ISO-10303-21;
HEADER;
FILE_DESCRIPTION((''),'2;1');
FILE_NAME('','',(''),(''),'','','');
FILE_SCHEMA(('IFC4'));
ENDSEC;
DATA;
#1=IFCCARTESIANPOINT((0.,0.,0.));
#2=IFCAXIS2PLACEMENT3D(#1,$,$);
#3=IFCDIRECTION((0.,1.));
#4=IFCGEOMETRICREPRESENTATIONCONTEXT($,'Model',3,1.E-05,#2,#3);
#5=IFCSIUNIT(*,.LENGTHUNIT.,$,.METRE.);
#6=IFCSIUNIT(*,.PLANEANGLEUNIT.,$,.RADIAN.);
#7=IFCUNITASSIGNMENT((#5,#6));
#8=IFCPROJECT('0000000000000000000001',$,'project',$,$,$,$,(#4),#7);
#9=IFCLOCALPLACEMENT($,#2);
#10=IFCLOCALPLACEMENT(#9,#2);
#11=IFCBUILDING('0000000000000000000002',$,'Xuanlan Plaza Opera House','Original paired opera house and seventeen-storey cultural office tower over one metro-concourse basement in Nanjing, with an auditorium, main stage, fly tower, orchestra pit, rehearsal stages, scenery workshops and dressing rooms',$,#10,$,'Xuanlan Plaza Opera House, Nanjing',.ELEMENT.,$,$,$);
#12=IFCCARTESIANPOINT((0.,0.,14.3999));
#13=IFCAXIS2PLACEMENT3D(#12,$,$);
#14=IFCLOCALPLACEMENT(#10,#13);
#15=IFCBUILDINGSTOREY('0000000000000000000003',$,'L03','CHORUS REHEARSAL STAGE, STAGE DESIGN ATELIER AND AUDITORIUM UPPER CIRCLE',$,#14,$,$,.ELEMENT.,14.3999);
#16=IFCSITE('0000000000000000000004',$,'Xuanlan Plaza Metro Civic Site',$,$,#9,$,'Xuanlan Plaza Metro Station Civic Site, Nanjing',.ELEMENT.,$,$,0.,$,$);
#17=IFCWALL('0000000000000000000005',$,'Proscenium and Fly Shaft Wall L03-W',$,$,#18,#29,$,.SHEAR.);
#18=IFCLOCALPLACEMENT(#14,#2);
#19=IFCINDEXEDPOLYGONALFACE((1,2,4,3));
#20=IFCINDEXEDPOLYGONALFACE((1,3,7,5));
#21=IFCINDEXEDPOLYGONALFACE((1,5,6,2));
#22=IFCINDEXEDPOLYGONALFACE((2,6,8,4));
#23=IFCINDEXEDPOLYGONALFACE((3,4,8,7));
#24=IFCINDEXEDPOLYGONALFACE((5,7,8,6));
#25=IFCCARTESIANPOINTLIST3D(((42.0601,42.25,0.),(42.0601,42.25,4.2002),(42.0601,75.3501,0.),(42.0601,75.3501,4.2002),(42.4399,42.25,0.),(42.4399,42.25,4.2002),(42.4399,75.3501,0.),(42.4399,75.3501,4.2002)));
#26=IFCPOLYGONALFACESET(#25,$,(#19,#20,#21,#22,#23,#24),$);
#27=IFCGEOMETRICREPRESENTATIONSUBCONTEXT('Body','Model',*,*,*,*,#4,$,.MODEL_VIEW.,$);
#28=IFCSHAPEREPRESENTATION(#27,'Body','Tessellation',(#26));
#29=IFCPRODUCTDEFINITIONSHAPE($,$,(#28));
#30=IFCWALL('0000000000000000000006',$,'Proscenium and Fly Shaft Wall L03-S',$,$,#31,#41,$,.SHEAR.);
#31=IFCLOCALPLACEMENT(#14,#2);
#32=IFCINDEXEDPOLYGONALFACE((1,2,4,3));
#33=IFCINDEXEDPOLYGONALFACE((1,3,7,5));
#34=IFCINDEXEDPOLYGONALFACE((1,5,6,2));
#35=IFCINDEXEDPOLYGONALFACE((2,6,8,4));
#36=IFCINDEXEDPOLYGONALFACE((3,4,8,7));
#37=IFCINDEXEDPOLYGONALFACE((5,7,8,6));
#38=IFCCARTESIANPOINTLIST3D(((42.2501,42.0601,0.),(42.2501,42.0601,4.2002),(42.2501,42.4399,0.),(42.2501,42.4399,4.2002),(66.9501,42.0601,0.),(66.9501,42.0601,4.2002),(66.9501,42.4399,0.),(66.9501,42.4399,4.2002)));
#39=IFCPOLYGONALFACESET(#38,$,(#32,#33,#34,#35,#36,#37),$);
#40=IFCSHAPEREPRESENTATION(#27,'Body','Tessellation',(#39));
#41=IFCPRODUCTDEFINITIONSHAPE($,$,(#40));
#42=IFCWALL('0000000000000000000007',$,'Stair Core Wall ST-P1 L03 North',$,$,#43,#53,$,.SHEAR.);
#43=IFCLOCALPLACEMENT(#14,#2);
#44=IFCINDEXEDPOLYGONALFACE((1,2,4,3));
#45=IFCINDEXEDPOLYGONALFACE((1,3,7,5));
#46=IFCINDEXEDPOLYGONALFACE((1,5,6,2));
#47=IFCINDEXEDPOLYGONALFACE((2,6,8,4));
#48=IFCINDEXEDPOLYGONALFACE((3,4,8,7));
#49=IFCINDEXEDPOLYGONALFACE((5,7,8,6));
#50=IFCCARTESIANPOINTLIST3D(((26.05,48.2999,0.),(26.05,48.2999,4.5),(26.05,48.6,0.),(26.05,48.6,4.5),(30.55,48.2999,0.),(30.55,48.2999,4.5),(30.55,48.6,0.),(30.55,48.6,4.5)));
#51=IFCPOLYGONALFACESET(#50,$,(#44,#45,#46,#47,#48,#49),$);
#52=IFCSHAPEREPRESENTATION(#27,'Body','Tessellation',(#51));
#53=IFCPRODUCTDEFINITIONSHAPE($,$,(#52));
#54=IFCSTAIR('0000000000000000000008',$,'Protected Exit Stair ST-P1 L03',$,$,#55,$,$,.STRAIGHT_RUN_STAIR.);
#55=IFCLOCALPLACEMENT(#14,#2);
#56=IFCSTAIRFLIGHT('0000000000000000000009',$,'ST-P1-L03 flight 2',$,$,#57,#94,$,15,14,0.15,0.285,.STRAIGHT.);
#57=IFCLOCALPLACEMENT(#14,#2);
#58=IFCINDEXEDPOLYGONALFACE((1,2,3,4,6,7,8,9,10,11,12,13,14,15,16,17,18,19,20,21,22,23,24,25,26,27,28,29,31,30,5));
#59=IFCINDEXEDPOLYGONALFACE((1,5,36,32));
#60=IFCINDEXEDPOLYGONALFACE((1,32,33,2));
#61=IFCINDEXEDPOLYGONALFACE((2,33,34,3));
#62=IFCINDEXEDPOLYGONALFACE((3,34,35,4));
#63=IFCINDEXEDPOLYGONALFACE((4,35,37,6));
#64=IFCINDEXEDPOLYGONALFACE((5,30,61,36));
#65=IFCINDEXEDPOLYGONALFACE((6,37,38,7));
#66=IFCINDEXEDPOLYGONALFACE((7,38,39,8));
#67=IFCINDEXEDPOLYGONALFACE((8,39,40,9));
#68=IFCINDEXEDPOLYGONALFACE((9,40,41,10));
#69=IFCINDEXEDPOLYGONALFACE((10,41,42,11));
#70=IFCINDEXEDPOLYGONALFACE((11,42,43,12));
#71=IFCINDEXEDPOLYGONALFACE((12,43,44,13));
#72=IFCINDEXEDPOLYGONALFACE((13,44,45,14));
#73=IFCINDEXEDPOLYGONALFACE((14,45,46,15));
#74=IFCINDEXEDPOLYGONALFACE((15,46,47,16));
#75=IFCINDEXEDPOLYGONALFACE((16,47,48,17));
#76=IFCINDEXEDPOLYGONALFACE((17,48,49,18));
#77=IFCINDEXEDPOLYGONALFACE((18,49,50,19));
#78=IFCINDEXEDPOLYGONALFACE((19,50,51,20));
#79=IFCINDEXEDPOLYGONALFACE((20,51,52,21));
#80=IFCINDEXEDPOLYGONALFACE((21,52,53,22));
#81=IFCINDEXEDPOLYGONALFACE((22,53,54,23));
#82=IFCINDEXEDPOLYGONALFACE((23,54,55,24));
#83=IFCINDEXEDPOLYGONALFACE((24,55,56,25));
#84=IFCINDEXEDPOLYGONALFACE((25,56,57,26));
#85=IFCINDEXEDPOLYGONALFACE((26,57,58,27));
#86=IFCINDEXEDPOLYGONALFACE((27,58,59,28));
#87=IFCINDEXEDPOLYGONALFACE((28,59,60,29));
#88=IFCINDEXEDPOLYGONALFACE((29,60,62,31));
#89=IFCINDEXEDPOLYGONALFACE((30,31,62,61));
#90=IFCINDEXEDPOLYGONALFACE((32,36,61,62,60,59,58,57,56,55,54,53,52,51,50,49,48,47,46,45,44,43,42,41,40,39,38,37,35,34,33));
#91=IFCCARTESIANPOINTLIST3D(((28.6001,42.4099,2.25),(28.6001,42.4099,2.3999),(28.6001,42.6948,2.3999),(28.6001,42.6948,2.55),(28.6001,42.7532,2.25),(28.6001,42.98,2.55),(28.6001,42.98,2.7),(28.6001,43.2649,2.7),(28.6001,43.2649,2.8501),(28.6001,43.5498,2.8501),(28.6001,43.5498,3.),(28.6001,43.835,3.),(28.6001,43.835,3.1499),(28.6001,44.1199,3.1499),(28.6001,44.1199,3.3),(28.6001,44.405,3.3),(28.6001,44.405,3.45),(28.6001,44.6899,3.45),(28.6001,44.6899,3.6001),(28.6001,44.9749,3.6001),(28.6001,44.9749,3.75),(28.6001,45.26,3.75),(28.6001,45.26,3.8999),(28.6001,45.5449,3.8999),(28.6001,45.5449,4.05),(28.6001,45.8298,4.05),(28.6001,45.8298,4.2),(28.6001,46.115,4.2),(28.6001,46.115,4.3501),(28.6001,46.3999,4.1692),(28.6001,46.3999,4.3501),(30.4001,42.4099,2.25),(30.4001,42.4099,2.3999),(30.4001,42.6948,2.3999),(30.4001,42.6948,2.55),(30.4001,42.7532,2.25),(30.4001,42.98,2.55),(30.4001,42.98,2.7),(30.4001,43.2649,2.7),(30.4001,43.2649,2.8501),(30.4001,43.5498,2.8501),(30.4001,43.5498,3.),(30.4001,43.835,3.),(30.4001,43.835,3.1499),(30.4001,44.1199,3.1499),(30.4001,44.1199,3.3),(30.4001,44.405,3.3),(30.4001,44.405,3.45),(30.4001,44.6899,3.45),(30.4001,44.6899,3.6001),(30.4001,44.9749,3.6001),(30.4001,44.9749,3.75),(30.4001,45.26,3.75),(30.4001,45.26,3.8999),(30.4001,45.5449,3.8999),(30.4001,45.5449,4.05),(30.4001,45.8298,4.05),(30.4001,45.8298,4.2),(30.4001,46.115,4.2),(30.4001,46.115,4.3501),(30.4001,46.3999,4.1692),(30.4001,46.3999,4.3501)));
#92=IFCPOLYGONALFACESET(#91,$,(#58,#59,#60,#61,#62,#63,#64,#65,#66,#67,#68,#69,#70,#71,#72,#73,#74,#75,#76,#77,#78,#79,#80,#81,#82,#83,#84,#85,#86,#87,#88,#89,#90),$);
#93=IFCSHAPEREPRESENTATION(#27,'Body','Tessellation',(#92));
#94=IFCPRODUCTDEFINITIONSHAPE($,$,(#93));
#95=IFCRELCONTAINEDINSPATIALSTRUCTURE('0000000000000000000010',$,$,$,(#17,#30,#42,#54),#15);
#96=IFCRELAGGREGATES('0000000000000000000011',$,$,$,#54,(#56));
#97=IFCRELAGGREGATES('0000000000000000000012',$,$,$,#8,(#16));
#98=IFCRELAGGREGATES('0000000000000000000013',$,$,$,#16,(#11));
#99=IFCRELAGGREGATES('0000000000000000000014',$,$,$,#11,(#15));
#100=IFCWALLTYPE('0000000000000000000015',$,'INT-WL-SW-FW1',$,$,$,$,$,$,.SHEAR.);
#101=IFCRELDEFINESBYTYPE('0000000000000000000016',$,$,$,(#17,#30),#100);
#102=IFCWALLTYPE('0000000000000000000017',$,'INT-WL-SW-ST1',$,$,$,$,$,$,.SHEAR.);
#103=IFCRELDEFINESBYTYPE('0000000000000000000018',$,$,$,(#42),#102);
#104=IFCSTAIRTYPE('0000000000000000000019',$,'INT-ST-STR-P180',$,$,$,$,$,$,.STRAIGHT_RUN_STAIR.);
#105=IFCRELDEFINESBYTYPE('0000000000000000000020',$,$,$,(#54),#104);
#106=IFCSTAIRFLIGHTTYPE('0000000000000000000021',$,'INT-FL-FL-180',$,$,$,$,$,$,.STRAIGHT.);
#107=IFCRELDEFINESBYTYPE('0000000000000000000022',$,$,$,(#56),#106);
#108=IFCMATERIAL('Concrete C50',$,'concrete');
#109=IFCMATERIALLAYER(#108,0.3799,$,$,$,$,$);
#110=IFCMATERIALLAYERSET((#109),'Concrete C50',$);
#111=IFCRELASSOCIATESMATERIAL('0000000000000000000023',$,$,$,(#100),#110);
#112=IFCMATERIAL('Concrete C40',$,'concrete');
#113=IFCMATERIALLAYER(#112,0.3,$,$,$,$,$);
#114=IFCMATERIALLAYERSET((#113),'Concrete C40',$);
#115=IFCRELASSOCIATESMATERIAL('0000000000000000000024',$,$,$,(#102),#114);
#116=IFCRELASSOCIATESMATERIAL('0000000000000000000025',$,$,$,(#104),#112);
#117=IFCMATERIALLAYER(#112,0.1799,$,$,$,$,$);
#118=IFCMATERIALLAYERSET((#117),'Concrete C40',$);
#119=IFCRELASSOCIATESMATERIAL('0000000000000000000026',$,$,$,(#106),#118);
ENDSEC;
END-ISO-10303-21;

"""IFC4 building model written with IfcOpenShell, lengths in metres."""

from ifc_helpers import new_model, si_unit, direction, frame, frame_2d, origin, place, context, subcontext, project, spatial, polyline, rectangle, outline, extrude, material, layer, layer_set, type_object, element, aggregate, save


model = new_model("IFC4")

# Units and contexts
model_context = context("Model", 3, precision=1e-05, world=origin(), true_north=direction((0.0, 1.0)))
body_context = subcontext(model_context, "Body", "Model", "MODEL_VIEW")
ifc_project = project(units=[si_unit("LENGTHUNIT", "METRE"), si_unit("PLANEANGLEUNIT", "RADIAN")], contexts=[model_context])

# Site, building, storey
site_placement = place(None, origin())
site = spatial("IfcSite", under=ifc_project, at=site_placement, Name="Xuanlan Plaza Metro Civic Site", LongName="Xuanlan Plaza Metro Station Civic Site, Nanjing", CompositionType="ELEMENT", RefElevation=0.0)
building_placement = place(site_placement, origin())
building = spatial("IfcBuilding", under=site, at=building_placement, Name="Xuanlan Plaza Opera House", Description="Original paired opera house and seventeen-storey cultural office tower over one metro-concourse basement in Nanjing, with an auditorium, main stage, fly tower, orchestra pit, rehearsal stages, scenery workshops and dressing rooms", LongName="Xuanlan Plaza Opera House, Nanjing", CompositionType="ELEMENT")
storey_placement = place(building_placement, frame((0.0, 0.0, 14.3999)))
storey = spatial("IfcBuildingStorey", under=building, at=storey_placement, Name="L03", Description="CHORUS REHEARSAL STAGE, STAGE DESIGN ATELIER AND AUDITORIUM UPPER CIRCLE", CompositionType="ELEMENT", Elevation=14.3999)

# Shared definitions
ifc_material_1 = material(Name="Concrete C40", Category="concrete")

# Shared definitions
ifc_material_2 = material(Name="Concrete C50", Category="concrete")

# Walls
ifc_layer_1 = layer(ifc_material_2, 0.3799)
ifc_layer_set_1 = layer_set([ifc_layer_1], Name="Concrete C50")
wall_type_1 = type_object("IfcWallType", Name="INT-WL-SW-FW1", PredefinedType="SHEAR", material=ifc_layer_set_1)
wall_1_placement = place(storey_placement, frame((42.25, 42.25, 0.0), z_axis=(0.0, 0.0, 1.0), x_axis=(0.0, 1.0, 0.0)))
element("IfcWall", 1, at=wall_1_placement, inside=storey, type_object=wall_type_1, Name="Proscenium and Fly Shaft Wall L03-W", PredefinedType="SHEAR", context=body_context, shape_type="SweptSolid", body=[
    extrude(rectangle(XDim=33.1001, YDim=0.3799, at=frame_2d((16.55, 0.0))), origin(), (0.0, 0.0, 1.0), 4.2002),
])
wall_2_placement = place(storey_placement, frame((42.25, 42.25, 0.0), z_axis=(0.0, 0.0, 1.0), x_axis=(1.0, 0.0, 0.0)))
element("IfcWall", 2, at=wall_2_placement, inside=storey, type_object=wall_type_1, Name="Proscenium and Fly Shaft Wall L03-S", PredefinedType="SHEAR", context=body_context, shape_type="SweptSolid", body=[
    extrude(rectangle(XDim=24.7, YDim=0.3799, at=frame_2d((12.3501, 0.0))), origin(), (0.0, 0.0, 1.0), 4.2002),
])
ifc_layer_2 = layer(ifc_material_1, 0.3)
ifc_layer_set_2 = layer_set([ifc_layer_2], Name="Concrete C40")
wall_type_2 = type_object("IfcWallType", Name="INT-WL-SW-ST1", PredefinedType="SHEAR", material=ifc_layer_set_2)
wall_3_placement = place(storey_placement, frame((26.05, 48.45, 0.0), z_axis=(0.0, 0.0, 1.0), x_axis=(1.0, 0.0, 0.0)))
element("IfcWall", 3, at=wall_3_placement, inside=storey, type_object=wall_type_2, Name="Stair Core Wall ST-P1 L03 North", PredefinedType="SHEAR", context=body_context, shape_type="SweptSolid", body=[
    extrude(rectangle(XDim=4.5, YDim=0.3, at=frame_2d((2.25, 0.0))), origin(), (0.0, 0.0, 1.0), 4.5),
])

# Stair, stair flight
stair_type = type_object("IfcStairType", Name="INT-ST-STR-P180", PredefinedType="STRAIGHT_RUN_STAIR", material=ifc_material_1)
stair_placement = place(storey_placement, origin())
stair = element("IfcStair", 4, at=stair_placement, inside=storey, type_object=stair_type, Name="Protected Exit Stair ST-P1 L03", PredefinedType="STRAIGHT_RUN_STAIR")
ifc_layer_3 = layer(ifc_material_1, 0.1799)
ifc_layer_set_3 = layer_set([ifc_layer_3], Name="Concrete C40")
stair_flight_type = type_object("IfcStairFlightType", Name="INT-FL-FL-180", PredefinedType="STRAIGHT", material=ifc_layer_set_3)
stair_flight_placement = place(storey_placement, frame((29.5, 42.4099, 2.25), z_axis=(0.0, 0.0, 1.0), x_axis=(0.0, 1.0, 0.0)))
stair_flight = element("IfcStairFlight", 5, at=stair_flight_placement, type_object=stair_flight_type, Name="ST-P1-L03 flight 2", NumberOfRisers=15, NumberOfTreads=14, PredefinedType="STRAIGHT", RiserHeight=0.15, TreadLength=0.285, context=body_context, shape_type="SweptSolid", body=[
    extrude(outline(polyline([(0.0, 0.0), (0.0, 0.1499), (0.2849, 0.1499), (0.2849, 0.3), (0.5701, 0.3), (0.5701, 0.45), (0.855, 0.45), (0.855, 0.6001), (1.1399, 0.6001), (1.1399, 0.75), (1.425, 0.75), (1.425, 0.8999), (1.71, 0.8999), (1.71, 1.05), (1.9951, 1.05), (1.9951, 1.2), (2.28, 1.2), (2.28, 1.3501), (2.5649, 1.3501), (2.5649, 1.5), (2.8501, 1.5), (2.8501, 1.6499), (3.135, 1.6499), (3.135, 1.8), (3.4199, 1.8), (3.4199, 1.95), (3.7051, 1.95), (3.7051, 2.1001), (3.99, 2.1001), (3.99, 2.25), (3.99, 1.9192), (0.3433, 0.0), (0.0, 0.0)])), frame((0.0, 0.8999, 0.0), z_axis=(0.0, -1.0, 0.0), x_axis=(1.0, 0.0, 0.0)), (0.0, 0.0, 1.0), 1.8),
])
aggregate(stair, [stair_flight])

save(model, "model.ifc")
